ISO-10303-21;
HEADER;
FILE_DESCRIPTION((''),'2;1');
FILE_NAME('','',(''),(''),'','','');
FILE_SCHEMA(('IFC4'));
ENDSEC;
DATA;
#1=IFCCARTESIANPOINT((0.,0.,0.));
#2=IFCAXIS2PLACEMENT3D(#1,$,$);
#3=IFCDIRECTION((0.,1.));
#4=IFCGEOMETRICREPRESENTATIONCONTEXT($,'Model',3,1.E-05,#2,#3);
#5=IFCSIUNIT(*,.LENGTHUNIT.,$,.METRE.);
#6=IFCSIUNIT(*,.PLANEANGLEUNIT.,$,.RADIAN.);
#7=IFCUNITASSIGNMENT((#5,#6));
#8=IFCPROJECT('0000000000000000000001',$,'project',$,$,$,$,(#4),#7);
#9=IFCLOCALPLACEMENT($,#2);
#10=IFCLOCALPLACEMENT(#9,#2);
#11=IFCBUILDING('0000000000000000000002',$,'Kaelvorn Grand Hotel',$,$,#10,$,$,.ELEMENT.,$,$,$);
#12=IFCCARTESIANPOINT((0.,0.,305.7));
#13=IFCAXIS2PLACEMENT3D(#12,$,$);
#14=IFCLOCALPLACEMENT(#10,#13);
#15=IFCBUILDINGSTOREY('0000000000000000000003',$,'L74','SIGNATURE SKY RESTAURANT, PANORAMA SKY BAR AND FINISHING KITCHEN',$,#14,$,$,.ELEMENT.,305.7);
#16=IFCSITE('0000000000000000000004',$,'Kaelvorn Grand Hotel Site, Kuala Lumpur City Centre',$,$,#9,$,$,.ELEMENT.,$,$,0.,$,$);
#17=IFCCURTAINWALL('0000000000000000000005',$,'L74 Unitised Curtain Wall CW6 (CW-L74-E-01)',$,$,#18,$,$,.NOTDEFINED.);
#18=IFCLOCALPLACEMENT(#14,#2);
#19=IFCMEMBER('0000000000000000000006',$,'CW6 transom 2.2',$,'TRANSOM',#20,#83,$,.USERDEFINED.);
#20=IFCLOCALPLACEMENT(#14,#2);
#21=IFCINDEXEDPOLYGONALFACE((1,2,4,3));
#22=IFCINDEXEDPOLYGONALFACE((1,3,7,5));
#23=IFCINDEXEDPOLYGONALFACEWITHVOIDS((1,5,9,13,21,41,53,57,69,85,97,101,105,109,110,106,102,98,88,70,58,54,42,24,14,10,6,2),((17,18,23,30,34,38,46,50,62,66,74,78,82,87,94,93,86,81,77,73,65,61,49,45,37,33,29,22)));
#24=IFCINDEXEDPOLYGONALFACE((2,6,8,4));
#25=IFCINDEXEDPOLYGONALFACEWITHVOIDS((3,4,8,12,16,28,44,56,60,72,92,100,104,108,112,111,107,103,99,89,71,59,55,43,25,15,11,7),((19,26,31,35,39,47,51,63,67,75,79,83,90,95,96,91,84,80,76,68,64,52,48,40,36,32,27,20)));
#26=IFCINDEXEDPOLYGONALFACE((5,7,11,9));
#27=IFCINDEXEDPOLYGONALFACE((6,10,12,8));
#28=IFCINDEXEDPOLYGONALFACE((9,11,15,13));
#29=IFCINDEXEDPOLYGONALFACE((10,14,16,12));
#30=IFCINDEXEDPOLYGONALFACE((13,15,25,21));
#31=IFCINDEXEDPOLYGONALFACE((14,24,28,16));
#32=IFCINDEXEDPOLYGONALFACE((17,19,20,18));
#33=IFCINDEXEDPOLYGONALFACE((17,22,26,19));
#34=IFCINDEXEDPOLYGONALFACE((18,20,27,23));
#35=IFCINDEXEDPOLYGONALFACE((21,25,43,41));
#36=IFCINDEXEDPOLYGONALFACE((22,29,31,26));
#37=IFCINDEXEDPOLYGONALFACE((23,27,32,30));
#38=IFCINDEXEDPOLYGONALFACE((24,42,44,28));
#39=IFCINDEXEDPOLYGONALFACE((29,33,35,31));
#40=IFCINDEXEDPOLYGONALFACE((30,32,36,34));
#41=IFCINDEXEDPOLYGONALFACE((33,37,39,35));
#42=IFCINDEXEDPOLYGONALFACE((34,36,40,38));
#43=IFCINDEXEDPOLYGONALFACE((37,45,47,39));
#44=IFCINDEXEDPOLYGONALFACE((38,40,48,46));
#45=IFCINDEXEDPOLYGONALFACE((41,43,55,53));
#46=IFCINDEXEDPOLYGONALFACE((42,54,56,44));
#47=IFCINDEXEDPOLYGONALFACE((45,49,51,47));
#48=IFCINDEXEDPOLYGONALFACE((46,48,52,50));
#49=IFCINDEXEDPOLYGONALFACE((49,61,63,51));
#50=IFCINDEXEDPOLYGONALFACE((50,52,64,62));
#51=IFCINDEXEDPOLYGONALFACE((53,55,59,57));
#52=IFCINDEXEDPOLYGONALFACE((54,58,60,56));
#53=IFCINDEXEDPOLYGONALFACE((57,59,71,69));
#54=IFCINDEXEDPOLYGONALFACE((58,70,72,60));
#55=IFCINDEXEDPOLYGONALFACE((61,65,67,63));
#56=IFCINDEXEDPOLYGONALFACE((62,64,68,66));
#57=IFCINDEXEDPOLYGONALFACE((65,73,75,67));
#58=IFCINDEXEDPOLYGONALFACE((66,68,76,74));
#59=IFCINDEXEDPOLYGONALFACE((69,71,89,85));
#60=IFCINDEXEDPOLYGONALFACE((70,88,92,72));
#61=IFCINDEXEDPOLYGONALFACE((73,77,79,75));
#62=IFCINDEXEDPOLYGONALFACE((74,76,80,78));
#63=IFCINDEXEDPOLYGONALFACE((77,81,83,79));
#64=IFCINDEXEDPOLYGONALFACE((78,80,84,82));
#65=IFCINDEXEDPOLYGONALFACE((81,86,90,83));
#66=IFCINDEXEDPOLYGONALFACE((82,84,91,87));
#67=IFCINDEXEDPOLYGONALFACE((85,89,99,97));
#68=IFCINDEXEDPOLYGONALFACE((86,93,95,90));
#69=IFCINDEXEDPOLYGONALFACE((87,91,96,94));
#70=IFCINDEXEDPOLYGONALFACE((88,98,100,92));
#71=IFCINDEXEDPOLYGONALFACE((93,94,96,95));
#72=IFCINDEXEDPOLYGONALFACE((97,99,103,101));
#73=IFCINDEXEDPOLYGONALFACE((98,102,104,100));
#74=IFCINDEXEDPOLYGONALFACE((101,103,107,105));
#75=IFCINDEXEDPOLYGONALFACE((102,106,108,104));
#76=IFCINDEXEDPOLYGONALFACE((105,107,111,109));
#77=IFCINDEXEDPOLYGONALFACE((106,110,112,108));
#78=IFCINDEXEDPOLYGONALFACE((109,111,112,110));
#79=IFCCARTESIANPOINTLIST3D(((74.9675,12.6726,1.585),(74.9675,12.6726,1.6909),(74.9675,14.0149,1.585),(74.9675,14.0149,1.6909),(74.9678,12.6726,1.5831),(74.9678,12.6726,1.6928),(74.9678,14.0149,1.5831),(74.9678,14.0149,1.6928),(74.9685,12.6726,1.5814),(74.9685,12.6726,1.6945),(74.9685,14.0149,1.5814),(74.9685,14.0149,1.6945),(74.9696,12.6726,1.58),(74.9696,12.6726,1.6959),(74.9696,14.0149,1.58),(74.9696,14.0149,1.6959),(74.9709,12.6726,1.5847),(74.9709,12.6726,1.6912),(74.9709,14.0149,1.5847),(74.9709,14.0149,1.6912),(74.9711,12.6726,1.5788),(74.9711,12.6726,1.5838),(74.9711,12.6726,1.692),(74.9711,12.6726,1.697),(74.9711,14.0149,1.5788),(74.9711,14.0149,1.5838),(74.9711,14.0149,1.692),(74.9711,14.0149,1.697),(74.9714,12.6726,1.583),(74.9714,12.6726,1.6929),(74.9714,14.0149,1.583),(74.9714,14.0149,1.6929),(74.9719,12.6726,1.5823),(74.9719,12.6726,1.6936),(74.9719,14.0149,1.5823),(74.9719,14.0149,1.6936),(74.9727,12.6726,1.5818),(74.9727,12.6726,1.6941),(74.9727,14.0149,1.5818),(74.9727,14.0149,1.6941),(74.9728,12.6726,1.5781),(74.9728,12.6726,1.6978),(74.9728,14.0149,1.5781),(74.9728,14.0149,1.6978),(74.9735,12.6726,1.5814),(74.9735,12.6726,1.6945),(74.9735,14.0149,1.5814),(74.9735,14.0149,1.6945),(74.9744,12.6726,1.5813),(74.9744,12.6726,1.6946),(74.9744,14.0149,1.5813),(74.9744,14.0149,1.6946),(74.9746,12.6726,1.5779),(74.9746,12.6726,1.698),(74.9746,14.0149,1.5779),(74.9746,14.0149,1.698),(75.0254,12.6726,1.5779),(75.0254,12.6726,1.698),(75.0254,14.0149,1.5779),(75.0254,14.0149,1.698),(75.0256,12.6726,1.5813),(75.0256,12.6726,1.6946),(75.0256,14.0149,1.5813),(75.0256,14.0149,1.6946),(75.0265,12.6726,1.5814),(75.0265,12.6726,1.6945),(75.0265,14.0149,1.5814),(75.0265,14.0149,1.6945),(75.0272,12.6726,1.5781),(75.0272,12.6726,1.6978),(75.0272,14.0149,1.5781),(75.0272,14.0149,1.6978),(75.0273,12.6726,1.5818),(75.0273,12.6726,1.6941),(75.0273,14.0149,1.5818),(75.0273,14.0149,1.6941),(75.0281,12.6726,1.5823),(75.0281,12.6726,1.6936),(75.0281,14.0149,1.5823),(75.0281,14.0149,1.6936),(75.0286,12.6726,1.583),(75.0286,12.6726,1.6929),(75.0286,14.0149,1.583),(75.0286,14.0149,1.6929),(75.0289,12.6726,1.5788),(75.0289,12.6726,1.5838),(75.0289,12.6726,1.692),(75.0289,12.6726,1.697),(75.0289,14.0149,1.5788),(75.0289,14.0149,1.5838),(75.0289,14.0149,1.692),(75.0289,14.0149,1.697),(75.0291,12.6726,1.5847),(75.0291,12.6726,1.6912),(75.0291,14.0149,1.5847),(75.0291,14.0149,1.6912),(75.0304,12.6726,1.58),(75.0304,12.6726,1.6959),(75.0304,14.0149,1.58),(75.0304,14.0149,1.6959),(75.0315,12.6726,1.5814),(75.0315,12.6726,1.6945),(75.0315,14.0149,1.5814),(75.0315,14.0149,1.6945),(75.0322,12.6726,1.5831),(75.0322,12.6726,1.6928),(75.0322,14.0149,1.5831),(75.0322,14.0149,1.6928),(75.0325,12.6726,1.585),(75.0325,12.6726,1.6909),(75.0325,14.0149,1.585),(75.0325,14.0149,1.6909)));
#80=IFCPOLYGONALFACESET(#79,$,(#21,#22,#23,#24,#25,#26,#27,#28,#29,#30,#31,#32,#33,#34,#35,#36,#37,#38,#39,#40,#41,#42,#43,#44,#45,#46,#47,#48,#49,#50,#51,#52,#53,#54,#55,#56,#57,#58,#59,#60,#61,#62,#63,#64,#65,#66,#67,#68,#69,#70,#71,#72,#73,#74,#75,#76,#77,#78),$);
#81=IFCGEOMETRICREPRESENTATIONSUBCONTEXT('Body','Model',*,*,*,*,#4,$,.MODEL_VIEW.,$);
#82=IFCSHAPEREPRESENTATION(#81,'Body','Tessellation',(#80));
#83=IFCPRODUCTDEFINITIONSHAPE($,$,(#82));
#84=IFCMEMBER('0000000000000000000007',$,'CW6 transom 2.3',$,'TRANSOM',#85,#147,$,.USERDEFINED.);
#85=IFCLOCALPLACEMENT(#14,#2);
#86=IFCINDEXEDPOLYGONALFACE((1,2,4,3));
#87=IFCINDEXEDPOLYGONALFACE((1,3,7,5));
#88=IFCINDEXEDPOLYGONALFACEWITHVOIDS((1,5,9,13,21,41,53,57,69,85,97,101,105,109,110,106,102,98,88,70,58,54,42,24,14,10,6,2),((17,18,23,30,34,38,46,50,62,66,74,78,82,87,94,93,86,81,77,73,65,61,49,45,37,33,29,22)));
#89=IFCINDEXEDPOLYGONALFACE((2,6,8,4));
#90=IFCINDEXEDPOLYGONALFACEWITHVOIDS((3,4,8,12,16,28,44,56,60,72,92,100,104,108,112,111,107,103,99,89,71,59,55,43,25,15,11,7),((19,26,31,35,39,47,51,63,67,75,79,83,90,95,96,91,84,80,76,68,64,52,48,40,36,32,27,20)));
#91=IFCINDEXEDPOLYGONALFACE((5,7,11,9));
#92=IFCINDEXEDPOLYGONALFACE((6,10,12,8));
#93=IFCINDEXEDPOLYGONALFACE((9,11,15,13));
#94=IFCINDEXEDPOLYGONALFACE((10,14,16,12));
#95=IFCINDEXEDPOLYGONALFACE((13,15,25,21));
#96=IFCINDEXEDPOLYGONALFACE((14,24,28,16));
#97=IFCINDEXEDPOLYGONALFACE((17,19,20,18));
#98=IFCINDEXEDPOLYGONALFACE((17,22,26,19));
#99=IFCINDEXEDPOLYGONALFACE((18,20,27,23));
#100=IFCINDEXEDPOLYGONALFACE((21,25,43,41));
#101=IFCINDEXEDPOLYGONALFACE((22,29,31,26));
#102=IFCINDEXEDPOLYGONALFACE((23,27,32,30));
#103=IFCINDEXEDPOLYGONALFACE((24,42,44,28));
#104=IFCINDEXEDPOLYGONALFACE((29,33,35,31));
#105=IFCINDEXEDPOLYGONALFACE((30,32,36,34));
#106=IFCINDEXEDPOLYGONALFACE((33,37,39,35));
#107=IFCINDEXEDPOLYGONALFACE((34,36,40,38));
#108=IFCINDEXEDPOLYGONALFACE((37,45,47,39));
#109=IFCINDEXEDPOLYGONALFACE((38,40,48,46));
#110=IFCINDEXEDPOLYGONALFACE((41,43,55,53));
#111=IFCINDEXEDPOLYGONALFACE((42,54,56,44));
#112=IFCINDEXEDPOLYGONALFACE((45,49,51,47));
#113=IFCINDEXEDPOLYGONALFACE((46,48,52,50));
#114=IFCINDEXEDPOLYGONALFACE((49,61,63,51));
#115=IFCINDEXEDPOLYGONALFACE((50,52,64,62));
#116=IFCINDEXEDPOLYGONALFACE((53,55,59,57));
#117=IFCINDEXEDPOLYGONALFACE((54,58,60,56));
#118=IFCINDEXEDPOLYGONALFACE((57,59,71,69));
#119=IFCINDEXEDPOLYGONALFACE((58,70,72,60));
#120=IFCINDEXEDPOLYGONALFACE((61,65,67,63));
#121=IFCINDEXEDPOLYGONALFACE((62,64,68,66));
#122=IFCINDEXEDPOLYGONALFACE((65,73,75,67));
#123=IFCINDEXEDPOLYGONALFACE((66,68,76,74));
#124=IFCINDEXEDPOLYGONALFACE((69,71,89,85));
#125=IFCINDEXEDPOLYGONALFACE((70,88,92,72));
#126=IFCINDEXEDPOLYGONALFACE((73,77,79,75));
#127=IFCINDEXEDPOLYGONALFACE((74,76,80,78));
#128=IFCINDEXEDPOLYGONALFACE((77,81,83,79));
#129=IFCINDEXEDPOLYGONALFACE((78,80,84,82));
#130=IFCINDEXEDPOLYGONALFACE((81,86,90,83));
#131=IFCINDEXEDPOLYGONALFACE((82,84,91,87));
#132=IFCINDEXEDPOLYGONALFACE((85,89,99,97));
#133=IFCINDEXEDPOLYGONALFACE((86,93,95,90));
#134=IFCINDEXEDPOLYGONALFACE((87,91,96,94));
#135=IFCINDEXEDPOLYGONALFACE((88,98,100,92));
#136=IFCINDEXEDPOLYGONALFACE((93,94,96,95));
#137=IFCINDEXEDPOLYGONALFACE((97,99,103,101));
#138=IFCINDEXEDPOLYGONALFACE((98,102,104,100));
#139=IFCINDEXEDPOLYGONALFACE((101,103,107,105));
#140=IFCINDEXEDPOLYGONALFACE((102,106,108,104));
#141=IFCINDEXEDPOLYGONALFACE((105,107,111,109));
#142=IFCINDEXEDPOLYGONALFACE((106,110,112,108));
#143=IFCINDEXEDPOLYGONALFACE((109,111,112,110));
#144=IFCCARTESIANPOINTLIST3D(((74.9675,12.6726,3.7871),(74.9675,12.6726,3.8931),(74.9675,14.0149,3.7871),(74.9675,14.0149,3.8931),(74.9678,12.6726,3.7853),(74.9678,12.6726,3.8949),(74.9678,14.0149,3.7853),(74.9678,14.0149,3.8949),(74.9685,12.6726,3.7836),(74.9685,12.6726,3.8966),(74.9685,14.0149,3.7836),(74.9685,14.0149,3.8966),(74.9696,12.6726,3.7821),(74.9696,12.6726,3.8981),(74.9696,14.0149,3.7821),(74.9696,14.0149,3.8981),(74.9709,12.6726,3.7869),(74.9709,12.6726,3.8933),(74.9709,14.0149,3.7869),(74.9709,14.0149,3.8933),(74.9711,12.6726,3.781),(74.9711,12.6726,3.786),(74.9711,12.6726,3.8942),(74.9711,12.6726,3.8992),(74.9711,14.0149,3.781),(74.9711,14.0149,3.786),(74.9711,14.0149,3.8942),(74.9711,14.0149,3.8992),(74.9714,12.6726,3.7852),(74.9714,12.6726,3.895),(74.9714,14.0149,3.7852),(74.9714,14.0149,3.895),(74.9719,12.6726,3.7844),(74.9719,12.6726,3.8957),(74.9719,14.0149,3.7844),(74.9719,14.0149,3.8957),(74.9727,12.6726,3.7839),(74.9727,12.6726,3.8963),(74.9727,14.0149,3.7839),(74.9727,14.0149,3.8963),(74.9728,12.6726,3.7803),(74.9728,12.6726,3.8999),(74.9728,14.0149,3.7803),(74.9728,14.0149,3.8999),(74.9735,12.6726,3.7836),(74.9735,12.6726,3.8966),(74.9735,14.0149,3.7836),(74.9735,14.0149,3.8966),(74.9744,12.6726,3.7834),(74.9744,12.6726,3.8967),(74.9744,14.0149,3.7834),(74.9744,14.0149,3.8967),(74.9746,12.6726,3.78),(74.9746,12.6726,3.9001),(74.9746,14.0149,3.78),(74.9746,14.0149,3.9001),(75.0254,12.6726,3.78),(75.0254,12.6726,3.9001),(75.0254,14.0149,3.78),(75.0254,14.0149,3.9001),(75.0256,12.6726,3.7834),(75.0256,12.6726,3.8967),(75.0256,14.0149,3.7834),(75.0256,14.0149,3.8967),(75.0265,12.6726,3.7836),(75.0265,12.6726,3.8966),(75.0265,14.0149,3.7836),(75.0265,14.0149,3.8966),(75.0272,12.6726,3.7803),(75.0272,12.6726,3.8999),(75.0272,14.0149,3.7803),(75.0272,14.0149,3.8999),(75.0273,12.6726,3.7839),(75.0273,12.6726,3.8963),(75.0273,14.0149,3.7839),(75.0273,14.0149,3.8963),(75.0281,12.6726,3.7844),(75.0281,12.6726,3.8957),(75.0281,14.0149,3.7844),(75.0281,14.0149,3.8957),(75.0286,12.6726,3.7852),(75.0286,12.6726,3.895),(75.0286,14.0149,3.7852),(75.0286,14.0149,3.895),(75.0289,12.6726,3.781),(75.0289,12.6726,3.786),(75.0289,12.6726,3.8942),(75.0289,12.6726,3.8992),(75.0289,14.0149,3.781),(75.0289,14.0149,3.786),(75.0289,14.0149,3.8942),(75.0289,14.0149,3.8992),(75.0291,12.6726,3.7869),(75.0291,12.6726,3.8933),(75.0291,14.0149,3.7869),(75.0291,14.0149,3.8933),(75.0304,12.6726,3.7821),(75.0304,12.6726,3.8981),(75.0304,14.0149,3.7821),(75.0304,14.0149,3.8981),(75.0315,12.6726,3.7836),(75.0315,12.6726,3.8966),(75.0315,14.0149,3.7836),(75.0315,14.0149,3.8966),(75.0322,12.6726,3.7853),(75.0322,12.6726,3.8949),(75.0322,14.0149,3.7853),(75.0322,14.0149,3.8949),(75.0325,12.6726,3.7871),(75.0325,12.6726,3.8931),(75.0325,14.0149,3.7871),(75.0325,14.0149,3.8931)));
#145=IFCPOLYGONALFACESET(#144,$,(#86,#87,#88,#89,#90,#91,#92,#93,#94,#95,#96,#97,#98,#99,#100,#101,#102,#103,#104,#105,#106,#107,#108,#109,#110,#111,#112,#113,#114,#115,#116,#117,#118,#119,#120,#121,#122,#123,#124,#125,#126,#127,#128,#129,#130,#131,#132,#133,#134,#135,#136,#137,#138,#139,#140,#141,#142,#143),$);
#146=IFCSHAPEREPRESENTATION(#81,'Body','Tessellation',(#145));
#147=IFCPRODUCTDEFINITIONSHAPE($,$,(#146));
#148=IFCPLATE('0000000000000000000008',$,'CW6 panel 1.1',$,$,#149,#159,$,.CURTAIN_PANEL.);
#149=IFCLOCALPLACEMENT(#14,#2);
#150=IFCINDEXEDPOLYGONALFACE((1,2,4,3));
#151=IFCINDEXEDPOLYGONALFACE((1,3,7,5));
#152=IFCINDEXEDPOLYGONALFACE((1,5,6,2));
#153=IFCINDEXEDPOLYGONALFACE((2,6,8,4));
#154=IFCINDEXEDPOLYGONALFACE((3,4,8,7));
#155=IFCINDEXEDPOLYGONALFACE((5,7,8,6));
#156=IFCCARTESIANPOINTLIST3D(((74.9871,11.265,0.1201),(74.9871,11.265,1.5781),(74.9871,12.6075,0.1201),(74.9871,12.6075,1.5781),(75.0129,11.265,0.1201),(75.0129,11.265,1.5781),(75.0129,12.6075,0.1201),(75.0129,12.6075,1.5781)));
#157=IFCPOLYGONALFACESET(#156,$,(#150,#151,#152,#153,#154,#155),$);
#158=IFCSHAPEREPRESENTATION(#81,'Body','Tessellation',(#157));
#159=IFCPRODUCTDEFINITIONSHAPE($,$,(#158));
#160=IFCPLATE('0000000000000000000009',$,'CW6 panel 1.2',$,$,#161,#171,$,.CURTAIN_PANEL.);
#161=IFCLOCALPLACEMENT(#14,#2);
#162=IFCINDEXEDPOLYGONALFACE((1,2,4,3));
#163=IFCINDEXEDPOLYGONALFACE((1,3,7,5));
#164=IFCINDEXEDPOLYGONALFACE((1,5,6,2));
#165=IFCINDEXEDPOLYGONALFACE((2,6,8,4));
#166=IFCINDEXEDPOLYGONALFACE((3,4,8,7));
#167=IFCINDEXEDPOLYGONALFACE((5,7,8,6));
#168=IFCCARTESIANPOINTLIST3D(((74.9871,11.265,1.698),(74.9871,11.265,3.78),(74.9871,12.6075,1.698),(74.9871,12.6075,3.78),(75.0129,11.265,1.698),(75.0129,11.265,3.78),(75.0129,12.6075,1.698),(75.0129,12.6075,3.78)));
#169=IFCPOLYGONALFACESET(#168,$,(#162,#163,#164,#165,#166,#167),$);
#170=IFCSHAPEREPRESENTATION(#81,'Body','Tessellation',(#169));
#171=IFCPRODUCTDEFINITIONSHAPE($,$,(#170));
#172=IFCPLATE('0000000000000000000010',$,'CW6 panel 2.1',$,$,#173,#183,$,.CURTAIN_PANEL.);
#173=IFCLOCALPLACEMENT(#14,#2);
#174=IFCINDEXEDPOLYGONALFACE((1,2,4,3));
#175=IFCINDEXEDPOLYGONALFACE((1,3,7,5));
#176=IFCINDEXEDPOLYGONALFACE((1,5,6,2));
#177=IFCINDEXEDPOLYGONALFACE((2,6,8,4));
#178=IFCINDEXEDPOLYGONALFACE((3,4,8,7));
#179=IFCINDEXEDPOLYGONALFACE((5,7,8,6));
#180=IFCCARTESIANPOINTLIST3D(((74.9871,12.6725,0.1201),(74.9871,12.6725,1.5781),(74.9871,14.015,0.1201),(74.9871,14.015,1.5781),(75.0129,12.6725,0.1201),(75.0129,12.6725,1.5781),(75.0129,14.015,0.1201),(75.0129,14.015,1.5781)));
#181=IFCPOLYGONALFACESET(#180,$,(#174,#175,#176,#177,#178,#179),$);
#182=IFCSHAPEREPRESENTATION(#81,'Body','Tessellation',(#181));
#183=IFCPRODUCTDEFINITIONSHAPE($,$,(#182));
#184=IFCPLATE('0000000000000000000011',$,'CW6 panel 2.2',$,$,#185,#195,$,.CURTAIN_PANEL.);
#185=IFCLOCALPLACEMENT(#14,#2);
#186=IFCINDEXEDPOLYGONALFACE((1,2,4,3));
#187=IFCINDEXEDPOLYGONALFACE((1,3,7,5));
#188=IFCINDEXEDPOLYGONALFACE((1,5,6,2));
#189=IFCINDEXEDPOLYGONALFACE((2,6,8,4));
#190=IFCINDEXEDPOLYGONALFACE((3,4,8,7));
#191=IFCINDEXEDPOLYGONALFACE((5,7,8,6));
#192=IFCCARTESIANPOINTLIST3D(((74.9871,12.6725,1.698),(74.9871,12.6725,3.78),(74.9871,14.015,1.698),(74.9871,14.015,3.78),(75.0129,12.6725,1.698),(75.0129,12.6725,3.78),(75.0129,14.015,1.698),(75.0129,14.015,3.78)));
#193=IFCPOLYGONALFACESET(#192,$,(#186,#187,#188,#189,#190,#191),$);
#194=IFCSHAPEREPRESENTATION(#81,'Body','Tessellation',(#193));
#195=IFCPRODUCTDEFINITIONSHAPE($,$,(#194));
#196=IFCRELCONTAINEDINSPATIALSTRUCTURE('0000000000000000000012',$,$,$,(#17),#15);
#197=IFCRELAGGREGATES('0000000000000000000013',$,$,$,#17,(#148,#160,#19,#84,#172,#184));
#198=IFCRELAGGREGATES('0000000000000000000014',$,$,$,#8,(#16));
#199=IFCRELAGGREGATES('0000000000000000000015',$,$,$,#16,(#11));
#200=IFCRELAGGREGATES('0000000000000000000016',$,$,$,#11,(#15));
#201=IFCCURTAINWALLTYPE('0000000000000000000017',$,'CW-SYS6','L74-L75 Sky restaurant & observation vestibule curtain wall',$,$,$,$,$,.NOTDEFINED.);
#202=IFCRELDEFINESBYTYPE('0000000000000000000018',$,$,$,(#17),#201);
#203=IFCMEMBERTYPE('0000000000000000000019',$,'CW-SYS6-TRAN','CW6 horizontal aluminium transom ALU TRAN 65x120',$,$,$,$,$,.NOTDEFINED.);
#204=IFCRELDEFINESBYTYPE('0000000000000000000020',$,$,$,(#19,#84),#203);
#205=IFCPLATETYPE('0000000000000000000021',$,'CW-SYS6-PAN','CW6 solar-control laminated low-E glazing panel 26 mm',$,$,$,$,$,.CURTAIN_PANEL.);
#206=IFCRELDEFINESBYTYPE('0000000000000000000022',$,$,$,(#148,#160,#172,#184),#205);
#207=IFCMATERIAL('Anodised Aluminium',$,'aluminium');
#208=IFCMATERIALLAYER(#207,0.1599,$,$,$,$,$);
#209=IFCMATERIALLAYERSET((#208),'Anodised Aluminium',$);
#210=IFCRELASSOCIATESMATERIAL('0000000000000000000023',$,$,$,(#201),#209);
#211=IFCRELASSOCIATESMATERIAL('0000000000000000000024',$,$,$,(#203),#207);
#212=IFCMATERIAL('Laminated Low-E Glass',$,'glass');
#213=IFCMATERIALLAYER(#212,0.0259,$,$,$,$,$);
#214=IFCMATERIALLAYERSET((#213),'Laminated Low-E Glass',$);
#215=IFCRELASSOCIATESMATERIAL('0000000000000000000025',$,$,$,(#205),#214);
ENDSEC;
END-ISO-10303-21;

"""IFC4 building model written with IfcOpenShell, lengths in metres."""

from ifc_helpers import new_model, si_unit, direction, frame, origin, origin_2d, place, context, subcontext, project, spatial, rectangle, hollow_rectangle, extrude, material, layer, layer_set, material_profile, profile_set, type_object, element, aggregate, save


model = new_model("IFC4")

# Units and contexts
model_context = context("Model", 3, precision=1e-05, world=origin(), true_north=direction((0.0, 1.0)))
body_context = subcontext(model_context, "Body", "Model", "MODEL_VIEW")
ifc_project = project(units=[si_unit("LENGTHUNIT", "METRE"), si_unit("PLANEANGLEUNIT", "RADIAN")], contexts=[model_context])

# Site, building, storey
site_placement = place(None, origin())
site = spatial("IfcSite", under=ifc_project, at=site_placement, Name="Kaelvorn Grand Hotel Site, Kuala Lumpur City Centre", CompositionType="ELEMENT", RefElevation=0.0)
building_placement = place(site_placement, origin())
building = spatial("IfcBuilding", under=site, at=building_placement, Name="Kaelvorn Grand Hotel", CompositionType="ELEMENT")
storey_placement = place(building_placement, frame((0.0, 0.0, 305.7)))
storey = spatial("IfcBuildingStorey", under=building, at=storey_placement, Name="L74", Description="SIGNATURE SKY RESTAURANT, PANORAMA SKY BAR AND FINISHING KITCHEN", CompositionType="ELEMENT", Elevation=305.7)

# Curtain wall, members, plates
ifc_material_1 = material(Name="Anodised Aluminium", Category="aluminium")
ifc_layer_1 = layer(ifc_material_1, 0.1599)
ifc_layer_set_1 = layer_set([ifc_layer_1], Name="Anodised Aluminium")
curtain_wall_type = type_object("IfcCurtainWallType", Name="CW-SYS6", Description="L74-L75 Sky restaurant & observation vestibule curtain wall", PredefinedType="NOTDEFINED", material=ifc_layer_set_1)
curtain_wall_placement = place(storey_placement, origin())
curtain_wall = element("IfcCurtainWall", 1, at=curtain_wall_placement, inside=storey, type_object=curtain_wall_type, Name="L74 Unitised Curtain Wall CW6 (CW-L74-E-01)", PredefinedType="NOTDEFINED")
ifc_material_profile_1 = material_profile(ifc_material_1, hollow_rectangle(XDim=0.0649, YDim=0.1201, WallThickness=0.0034, InnerFilletRadius=0.0034, OuterFilletRadius=0.0071, at=origin_2d()), Name="ALU TRAN 65x120")
ifc_profile_set_1 = profile_set([ifc_material_profile_1], Name="Anodised Aluminium")
member_type_1 = type_object("IfcMemberType", Name="CW-SYS6-TRAN", Description="CW6 horizontal aluminium transom ALU TRAN 65x120", PredefinedType="NOTDEFINED", material=ifc_profile_set_1)
member_1_placement = place(storey_placement, frame((75.0, 12.6726, 1.6379), z_axis=(0.0, 1.0, 0.0), x_axis=(-1.0, 0.0, 0.0)))
member_1 = element("IfcMember", 2, at=member_1_placement, type_object=member_type_1, Name="CW6 transom 2.2", ObjectType="TRANSOM", PredefinedType="USERDEFINED", context=body_context, shape_type="SweptSolid", body=[
    extrude(hollow_rectangle(XDim=0.0649, YDim=0.1201, WallThickness=0.0034, InnerFilletRadius=0.0034, OuterFilletRadius=0.0071, at=origin_2d()), origin(), (0.0, 0.0, 1.0), 1.3423),
])
member_2_placement = place(storey_placement, frame((75.0, 12.6726, 3.8401), z_axis=(0.0, 1.0, 0.0), x_axis=(-1.0, 0.0, 0.0)))
member_2 = element("IfcMember", 3, at=member_2_placement, type_object=member_type_1, Name="CW6 transom 2.3", ObjectType="TRANSOM", PredefinedType="USERDEFINED", context=body_context, shape_type="SweptSolid", body=[
    extrude(hollow_rectangle(XDim=0.0649, YDim=0.1201, WallThickness=0.0034, InnerFilletRadius=0.0034, OuterFilletRadius=0.0071, at=origin_2d()), origin(), (0.0, 0.0, 1.0), 1.3423),
])
ifc_material_2 = material(Name="Laminated Low-E Glass", Category="glass")
ifc_layer_2 = layer(ifc_material_2, 0.0259)
ifc_layer_set_2 = layer_set([ifc_layer_2], Name="Laminated Low-E Glass")
plate_type = type_object("IfcPlateType", Name="CW-SYS6-PAN", Description="CW6 solar-control laminated low-E glazing panel 26 mm", PredefinedType="CURTAIN_PANEL", material=ifc_layer_set_2)
plate_1_placement = place(storey_placement, frame((75.0, 11.9363, 0.1201), z_axis=(0.0, 0.0, 1.0), x_axis=(0.0, 1.0, 0.0)))
plate_1 = element("IfcPlate", 4, at=plate_1_placement, type_object=plate_type, Name="CW6 panel 1.1", PredefinedType="CURTAIN_PANEL", context=body_context, shape_type="SweptSolid", body=[
    extrude(rectangle(XDim=1.3425, YDim=0.0259, at=origin_2d()), origin(), (0.0, 0.0, 1.0), 1.458),
])
plate_2_placement = place(storey_placement, frame((75.0, 11.9363, 1.698), z_axis=(0.0, 0.0, 1.0), x_axis=(0.0, 1.0, 0.0)))
plate_2 = element("IfcPlate", 5, at=plate_2_placement, type_object=plate_type, Name="CW6 panel 1.2", PredefinedType="CURTAIN_PANEL", context=body_context, shape_type="SweptSolid", body=[
    extrude(rectangle(XDim=1.3425, YDim=0.0259, at=origin_2d()), origin(), (0.0, 0.0, 1.0), 2.082),
])
plate_3_placement = place(storey_placement, frame((75.0, 13.3438, 0.1201), z_axis=(0.0, 0.0, 1.0), x_axis=(0.0, 1.0, 0.0)))
plate_3 = element("IfcPlate", 6, at=plate_3_placement, type_object=plate_type, Name="CW6 panel 2.1", PredefinedType="CURTAIN_PANEL", context=body_context, shape_type="SweptSolid", body=[
    extrude(rectangle(XDim=1.3425, YDim=0.0259, at=origin_2d()), origin(), (0.0, 0.0, 1.0), 1.458),
])
plate_4_placement = place(storey_placement, frame((75.0, 13.3438, 1.698), z_axis=(0.0, 0.0, 1.0), x_axis=(0.0, 1.0, 0.0)))
plate_4 = element("IfcPlate", 7, at=plate_4_placement, type_object=plate_type, Name="CW6 panel 2.2", PredefinedType="CURTAIN_PANEL", context=body_context, shape_type="SweptSolid", body=[
    extrude(rectangle(XDim=1.3425, YDim=0.0259, at=origin_2d()), origin(), (0.0, 0.0, 1.0), 2.082),
])
aggregate(curtain_wall, [plate_1, plate_2, member_1, member_2, plate_3, plate_4])

save(model, "model.ifc")
